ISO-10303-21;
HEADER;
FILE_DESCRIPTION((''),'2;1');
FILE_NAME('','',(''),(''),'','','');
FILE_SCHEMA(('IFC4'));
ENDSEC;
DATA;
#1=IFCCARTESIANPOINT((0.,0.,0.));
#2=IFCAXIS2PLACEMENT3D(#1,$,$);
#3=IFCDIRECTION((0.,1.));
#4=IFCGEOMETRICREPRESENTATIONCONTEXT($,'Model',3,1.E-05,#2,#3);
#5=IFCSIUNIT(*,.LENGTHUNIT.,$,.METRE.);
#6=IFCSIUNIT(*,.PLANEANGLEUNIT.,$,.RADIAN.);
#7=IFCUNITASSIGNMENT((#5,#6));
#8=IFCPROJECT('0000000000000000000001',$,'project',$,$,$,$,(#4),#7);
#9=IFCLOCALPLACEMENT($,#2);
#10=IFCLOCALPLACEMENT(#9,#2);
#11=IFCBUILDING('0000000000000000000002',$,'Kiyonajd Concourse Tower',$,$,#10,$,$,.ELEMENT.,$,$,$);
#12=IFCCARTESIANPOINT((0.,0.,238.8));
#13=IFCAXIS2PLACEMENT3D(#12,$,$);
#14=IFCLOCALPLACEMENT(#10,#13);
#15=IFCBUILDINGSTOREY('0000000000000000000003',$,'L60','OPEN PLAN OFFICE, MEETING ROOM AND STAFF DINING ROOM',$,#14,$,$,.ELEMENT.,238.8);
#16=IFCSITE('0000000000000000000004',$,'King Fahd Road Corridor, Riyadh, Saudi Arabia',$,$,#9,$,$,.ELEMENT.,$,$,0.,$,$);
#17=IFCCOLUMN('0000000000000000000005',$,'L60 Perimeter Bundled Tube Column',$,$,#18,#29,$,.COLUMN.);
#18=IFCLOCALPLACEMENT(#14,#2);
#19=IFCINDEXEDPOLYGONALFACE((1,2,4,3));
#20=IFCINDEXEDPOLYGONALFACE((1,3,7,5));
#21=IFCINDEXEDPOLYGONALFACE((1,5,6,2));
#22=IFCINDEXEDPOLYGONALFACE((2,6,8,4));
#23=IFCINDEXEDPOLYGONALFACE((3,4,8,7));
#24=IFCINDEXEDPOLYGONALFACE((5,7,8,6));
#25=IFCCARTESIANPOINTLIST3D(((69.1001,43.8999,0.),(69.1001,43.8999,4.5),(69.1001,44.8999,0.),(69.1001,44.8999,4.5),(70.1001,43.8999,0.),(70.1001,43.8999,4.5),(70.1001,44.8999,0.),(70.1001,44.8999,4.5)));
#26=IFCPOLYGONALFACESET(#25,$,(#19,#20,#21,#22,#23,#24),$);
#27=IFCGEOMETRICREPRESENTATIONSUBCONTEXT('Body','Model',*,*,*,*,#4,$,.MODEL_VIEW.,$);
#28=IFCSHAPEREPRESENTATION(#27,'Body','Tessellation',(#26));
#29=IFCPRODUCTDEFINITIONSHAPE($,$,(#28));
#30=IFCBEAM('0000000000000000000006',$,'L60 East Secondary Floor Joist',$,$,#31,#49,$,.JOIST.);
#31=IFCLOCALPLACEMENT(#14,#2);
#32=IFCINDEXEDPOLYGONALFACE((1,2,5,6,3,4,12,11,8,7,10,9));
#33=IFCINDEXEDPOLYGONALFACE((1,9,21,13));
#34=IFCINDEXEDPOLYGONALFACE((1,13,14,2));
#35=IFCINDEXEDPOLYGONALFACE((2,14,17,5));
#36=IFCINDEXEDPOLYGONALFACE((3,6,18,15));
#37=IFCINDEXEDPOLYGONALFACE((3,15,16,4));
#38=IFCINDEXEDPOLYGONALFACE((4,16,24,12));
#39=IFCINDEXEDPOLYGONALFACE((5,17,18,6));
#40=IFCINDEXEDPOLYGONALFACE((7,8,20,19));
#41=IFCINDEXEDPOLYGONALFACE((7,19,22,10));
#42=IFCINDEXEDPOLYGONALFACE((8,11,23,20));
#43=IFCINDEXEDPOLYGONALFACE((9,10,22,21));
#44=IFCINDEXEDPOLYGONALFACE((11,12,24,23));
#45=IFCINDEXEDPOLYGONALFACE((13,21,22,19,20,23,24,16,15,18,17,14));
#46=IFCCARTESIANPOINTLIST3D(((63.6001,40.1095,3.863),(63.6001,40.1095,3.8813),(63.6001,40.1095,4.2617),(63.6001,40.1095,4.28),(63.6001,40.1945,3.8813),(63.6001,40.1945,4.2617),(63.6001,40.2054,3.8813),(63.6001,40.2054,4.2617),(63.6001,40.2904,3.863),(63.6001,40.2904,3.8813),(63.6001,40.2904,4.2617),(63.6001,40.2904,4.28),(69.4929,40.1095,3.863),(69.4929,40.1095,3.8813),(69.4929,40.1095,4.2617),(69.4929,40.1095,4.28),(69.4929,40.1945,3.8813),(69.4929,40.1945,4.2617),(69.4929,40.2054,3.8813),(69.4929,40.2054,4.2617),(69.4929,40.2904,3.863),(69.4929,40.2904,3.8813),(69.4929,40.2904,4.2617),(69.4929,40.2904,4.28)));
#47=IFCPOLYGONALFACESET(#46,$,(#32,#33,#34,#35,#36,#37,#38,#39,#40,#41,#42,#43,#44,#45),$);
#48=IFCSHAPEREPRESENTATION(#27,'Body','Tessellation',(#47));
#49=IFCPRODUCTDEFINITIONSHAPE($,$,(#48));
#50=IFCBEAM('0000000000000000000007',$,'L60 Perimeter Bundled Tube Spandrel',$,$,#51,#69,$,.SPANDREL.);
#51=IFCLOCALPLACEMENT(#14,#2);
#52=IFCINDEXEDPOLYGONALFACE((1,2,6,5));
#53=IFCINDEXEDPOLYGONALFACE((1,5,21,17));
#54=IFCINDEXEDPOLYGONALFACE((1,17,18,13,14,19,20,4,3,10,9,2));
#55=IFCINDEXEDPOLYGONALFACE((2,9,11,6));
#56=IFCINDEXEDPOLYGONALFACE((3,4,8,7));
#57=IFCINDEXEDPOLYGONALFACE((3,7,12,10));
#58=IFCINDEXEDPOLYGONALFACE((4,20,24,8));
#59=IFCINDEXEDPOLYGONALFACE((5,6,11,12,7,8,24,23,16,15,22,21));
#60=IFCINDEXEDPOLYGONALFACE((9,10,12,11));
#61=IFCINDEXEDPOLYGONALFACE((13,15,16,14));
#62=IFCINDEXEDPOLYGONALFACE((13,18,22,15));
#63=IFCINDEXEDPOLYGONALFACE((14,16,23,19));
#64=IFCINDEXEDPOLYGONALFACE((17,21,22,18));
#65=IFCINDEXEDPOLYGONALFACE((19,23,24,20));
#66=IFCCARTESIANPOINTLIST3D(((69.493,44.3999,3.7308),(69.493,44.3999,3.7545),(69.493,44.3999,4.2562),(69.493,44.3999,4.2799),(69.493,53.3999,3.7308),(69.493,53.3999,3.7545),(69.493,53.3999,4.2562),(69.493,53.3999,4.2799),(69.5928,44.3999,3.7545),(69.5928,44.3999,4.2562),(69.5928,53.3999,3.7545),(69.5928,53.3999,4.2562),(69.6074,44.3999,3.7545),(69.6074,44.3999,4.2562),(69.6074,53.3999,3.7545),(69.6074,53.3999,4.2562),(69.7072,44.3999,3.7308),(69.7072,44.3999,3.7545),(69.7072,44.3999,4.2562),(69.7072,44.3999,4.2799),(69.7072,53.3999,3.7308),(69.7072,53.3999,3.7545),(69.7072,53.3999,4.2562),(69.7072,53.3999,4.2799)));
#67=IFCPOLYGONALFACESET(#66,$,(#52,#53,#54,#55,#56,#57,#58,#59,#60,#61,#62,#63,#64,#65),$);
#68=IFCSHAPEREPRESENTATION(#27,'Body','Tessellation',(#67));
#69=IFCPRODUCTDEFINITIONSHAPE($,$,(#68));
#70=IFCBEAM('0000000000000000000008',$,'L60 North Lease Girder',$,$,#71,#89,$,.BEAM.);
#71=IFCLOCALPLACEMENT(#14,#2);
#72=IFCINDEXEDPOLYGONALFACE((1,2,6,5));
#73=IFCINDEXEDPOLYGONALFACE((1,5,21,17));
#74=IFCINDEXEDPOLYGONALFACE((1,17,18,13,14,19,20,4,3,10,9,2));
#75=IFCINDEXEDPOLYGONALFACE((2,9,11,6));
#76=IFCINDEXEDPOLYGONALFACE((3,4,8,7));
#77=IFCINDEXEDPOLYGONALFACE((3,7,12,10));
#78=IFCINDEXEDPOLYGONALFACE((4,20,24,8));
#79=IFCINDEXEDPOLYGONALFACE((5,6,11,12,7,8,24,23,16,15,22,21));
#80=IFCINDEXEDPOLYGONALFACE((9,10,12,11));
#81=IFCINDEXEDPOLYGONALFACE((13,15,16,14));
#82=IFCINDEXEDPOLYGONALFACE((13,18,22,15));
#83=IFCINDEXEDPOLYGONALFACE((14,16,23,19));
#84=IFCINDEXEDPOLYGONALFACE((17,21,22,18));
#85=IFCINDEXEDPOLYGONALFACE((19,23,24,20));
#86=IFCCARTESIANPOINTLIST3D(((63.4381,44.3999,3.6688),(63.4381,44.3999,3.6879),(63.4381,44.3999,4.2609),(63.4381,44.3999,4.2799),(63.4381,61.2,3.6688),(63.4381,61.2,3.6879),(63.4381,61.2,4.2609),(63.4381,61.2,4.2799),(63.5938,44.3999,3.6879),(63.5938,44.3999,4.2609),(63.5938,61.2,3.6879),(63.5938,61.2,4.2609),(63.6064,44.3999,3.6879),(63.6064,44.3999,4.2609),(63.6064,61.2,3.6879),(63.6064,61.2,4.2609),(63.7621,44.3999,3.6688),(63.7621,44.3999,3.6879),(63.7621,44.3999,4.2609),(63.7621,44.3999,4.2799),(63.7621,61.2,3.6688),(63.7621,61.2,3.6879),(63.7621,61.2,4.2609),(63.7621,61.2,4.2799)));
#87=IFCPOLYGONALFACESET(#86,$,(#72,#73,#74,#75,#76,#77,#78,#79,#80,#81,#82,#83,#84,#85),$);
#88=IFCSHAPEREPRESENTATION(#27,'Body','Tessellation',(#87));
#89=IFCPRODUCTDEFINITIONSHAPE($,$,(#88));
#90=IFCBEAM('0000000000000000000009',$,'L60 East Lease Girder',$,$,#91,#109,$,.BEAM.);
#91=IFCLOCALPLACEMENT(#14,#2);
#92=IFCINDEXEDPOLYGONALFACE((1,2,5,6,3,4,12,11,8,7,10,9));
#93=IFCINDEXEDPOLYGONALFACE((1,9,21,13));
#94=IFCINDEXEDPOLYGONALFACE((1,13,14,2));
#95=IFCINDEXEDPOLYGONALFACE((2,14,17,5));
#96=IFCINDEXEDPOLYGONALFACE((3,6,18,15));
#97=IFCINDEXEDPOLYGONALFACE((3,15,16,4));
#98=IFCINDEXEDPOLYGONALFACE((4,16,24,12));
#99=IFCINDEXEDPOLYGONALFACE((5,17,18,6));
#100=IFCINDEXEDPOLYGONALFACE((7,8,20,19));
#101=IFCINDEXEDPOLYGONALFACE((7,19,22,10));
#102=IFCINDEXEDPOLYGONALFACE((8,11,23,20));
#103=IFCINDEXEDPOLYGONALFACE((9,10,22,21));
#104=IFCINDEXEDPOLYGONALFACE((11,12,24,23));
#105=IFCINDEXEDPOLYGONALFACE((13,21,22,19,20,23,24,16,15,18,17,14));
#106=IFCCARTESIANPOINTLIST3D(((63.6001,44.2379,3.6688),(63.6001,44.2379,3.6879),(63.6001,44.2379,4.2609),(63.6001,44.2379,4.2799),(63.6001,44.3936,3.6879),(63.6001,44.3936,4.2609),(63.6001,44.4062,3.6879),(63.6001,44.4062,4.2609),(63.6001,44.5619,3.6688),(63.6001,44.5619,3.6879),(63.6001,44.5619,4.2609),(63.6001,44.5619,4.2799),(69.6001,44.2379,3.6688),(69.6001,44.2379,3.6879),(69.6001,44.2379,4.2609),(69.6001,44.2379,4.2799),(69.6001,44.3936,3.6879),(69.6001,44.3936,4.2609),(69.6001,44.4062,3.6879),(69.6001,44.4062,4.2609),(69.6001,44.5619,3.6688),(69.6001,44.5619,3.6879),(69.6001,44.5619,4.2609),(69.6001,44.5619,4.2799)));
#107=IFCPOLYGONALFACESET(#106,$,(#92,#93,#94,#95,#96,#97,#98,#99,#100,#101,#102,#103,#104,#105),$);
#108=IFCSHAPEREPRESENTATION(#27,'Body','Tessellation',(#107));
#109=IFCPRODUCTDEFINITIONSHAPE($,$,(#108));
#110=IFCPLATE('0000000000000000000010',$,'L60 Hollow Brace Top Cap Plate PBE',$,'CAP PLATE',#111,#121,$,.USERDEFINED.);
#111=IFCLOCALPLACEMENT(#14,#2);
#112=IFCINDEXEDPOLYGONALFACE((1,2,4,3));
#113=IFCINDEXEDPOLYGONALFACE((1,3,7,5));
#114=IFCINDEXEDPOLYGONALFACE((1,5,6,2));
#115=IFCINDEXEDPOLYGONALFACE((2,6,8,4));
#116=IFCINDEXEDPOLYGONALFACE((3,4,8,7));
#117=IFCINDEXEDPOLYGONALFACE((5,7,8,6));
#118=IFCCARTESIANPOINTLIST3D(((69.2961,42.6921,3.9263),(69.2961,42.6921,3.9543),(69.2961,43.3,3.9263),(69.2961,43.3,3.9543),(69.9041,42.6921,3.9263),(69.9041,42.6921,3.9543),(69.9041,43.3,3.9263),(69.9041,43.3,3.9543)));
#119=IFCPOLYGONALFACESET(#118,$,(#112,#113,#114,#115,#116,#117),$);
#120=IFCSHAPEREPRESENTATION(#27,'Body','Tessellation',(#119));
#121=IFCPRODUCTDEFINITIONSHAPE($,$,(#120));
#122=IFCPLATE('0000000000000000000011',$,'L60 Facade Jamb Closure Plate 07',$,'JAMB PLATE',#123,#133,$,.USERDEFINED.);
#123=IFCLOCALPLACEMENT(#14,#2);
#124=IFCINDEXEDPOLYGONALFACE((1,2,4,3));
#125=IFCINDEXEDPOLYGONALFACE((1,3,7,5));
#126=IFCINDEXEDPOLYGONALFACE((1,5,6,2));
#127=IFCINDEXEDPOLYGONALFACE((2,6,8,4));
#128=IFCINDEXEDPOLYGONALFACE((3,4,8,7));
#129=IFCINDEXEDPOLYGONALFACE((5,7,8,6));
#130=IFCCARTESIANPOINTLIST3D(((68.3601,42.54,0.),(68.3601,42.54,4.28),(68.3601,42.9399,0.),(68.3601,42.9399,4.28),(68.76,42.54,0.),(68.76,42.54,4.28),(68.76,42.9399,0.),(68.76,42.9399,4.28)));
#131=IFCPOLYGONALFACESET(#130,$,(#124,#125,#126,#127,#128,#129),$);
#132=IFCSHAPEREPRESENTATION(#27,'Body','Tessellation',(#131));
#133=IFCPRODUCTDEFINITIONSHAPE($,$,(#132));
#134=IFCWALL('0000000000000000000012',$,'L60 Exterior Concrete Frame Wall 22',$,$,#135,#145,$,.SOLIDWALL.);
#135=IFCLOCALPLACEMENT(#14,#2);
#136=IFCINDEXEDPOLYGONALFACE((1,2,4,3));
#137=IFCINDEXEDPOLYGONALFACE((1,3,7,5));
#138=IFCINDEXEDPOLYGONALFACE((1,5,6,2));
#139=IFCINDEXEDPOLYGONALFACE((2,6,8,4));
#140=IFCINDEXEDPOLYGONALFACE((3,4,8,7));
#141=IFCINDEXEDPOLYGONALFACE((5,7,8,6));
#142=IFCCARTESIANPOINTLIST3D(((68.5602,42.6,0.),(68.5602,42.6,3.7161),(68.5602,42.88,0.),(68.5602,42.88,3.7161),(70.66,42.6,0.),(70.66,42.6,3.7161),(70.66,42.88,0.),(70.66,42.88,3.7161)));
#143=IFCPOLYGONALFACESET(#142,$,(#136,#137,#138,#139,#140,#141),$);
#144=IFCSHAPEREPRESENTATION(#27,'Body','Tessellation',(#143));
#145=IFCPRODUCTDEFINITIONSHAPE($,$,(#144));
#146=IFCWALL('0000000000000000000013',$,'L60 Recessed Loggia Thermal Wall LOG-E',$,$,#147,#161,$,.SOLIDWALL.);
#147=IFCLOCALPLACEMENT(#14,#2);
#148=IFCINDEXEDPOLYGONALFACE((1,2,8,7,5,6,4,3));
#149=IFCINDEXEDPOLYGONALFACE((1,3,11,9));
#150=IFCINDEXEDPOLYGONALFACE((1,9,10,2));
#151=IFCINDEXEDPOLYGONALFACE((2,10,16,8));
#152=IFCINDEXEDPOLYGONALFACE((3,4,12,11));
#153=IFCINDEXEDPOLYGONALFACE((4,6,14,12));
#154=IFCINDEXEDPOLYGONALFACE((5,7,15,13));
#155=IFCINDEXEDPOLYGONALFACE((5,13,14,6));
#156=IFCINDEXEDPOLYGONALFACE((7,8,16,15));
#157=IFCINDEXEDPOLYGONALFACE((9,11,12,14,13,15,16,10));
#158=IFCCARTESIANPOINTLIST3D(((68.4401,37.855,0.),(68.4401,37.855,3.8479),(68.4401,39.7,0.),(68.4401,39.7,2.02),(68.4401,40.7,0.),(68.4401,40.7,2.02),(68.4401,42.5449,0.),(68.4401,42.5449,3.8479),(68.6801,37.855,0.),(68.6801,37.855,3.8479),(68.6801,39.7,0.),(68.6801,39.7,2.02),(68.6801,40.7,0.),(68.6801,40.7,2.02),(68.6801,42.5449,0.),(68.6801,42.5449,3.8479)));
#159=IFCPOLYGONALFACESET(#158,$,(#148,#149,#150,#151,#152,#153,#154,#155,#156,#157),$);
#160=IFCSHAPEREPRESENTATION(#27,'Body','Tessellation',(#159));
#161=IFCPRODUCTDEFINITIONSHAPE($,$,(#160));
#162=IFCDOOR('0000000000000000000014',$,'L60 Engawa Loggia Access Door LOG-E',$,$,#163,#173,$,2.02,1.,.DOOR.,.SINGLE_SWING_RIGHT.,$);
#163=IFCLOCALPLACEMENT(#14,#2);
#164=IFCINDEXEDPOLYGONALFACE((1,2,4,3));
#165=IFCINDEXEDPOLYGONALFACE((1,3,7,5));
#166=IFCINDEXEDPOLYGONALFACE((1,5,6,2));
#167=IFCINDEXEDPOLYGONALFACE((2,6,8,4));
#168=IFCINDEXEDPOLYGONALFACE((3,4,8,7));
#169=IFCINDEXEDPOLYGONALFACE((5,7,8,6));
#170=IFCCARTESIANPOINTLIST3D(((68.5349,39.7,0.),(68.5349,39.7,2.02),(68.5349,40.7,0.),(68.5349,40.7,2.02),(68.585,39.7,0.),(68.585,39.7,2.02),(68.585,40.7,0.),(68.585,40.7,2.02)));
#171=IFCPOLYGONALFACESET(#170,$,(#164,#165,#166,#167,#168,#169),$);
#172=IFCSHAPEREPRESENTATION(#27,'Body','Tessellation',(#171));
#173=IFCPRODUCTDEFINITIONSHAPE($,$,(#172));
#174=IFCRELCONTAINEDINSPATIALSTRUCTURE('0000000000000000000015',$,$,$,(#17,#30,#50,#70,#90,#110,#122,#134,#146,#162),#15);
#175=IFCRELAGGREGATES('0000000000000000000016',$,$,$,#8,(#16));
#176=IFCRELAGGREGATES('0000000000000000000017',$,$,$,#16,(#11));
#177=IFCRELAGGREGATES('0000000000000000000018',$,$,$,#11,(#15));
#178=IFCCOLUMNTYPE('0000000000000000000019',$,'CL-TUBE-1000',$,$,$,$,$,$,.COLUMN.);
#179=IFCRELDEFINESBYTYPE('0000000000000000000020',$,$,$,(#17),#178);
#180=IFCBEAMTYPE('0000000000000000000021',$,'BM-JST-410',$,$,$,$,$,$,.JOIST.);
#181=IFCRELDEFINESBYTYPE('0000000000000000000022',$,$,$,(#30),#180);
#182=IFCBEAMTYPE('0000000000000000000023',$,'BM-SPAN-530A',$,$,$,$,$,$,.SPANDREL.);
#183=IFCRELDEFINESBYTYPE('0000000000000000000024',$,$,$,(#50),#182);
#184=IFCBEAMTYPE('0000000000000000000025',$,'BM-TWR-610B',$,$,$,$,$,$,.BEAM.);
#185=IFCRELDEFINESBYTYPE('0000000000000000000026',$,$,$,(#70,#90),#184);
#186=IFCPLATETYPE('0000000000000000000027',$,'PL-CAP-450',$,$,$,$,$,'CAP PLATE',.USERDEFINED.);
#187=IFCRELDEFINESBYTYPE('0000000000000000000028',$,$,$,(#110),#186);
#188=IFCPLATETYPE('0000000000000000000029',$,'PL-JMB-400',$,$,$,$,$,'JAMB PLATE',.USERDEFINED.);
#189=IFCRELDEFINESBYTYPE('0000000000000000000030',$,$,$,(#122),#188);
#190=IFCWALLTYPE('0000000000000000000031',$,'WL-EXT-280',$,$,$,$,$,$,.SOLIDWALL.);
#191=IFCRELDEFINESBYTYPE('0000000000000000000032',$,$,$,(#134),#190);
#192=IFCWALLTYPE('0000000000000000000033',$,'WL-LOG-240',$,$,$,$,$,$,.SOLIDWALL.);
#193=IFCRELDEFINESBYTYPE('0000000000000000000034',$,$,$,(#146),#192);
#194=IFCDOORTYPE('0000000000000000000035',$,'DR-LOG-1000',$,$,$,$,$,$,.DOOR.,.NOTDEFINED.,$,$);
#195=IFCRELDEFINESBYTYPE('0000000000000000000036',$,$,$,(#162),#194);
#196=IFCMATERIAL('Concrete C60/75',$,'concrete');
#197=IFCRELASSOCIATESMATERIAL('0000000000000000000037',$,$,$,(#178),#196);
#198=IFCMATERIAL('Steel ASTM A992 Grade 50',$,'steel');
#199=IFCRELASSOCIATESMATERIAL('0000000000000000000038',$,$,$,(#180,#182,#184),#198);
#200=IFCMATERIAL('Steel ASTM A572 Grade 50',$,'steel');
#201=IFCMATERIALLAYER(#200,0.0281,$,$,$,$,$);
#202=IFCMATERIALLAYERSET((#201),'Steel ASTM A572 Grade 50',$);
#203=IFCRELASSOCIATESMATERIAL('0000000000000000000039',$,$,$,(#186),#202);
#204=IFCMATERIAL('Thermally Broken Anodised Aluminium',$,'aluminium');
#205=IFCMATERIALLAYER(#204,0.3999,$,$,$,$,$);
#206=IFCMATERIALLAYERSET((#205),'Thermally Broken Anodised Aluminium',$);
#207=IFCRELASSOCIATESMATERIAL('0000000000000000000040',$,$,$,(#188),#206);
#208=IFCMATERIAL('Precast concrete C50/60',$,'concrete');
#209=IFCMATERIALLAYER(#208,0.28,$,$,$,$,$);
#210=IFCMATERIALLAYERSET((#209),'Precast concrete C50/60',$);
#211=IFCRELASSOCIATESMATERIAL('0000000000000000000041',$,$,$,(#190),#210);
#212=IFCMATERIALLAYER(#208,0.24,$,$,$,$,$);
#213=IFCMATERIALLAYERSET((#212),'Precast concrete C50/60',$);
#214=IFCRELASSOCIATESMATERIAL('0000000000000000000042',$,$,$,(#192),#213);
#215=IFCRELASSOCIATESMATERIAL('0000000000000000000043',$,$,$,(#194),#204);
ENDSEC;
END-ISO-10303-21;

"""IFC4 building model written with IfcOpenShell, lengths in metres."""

from ifc_helpers import new_model, si_unit, direction, frame, frame_2d, origin, origin_2d, place, context, subcontext, project, spatial, rectangle, i_section, extrude, material, layer, layer_set, material_profile, profile_set, type_object, element, fill, save


model = new_model("IFC4")

# Units and contexts
model_context = context("Model", 3, precision=1e-05, world=origin(), true_north=direction((0.0, 1.0)))
body_context = subcontext(model_context, "Body", "Model", "MODEL_VIEW")
ifc_project = project(units=[si_unit("LENGTHUNIT", "METRE"), si_unit("PLANEANGLEUNIT", "RADIAN")], contexts=[model_context])

# Site, building, storey
site_placement = place(None, origin())
site = spatial("IfcSite", under=ifc_project, at=site_placement, Name="King Fahd Road Corridor, Riyadh, Saudi Arabia", CompositionType="ELEMENT", RefElevation=0.0)
building_placement = place(site_placement, origin())
building = spatial("IfcBuilding", under=site, at=building_placement, Name="Kiyonajd Concourse Tower", CompositionType="ELEMENT")
storey_placement = place(building_placement, frame((0.0, 0.0, 238.8)))
storey = spatial("IfcBuildingStorey", under=building, at=storey_placement, Name="L60", Description="OPEN PLAN OFFICE, MEETING ROOM AND STAFF DINING ROOM", CompositionType="ELEMENT", Elevation=238.8)

# Column
ifc_material_1 = material(Name="Concrete C60/75", Category="concrete")
ifc_material_profile_1 = material_profile(ifc_material_1, rectangle(XDim=1.0, YDim=1.0, at=origin_2d()), Name="RC-1000x1000")
ifc_profile_set_1 = profile_set([ifc_material_profile_1], Name="Concrete C60/75")
column_type = type_object("IfcColumnType", Name="CL-TUBE-1000", PredefinedType="COLUMN", material=ifc_profile_set_1)
column_placement = place(storey_placement, frame((69.6001, 44.3999, 0.0), z_axis=(0.0, 0.0, 1.0), x_axis=(1.0, 0.0, 0.0)))
element("IfcColumn", 1, at=column_placement, inside=storey, type_object=column_type, Name="L60 Perimeter Bundled Tube Column", PredefinedType="COLUMN", context=body_context, shape_type="SweptSolid", body=[
    extrude(rectangle(XDim=1.0, YDim=1.0, at=origin_2d()), origin(), (0.0, 0.0, 1.0), 4.5),
])

# Beams
ifc_material_2 = material(Name="Steel ASTM A992 Grade 50", Category="steel")
ifc_material_profile_2 = material_profile(ifc_material_2, i_section(OverallWidth=0.1809, OverallDepth=0.417, WebThickness=0.011, FlangeThickness=0.0183, at=origin_2d()), Name="W410X85")
ifc_profile_set_2 = profile_set([ifc_material_profile_2], Name="Steel ASTM A992 Grade 50")
beam_type_1 = type_object("IfcBeamType", Name="BM-JST-410", PredefinedType="JOIST", material=ifc_profile_set_2)
beam_1_placement = place(storey_placement, frame((63.6001, 40.2, 4.0715), z_axis=(1.0, 0.0, 0.0), x_axis=(0.0, 1.0, 0.0)))
element("IfcBeam", 2, at=beam_1_placement, inside=storey, type_object=beam_type_1, Name="L60 East Secondary Floor Joist", PredefinedType="JOIST", context=body_context, shape_type="SweptSolid", body=[
    extrude(i_section(OverallWidth=0.1809, OverallDepth=0.417, WebThickness=0.011, FlangeThickness=0.0183, at=origin_2d()), origin(), (0.0, 0.0, 1.0), 5.8928),
])
ifc_material_profile_3 = material_profile(ifc_material_2, i_section(OverallWidth=0.2141, OverallDepth=0.5491, WebThickness=0.0146, FlangeThickness=0.0237, at=origin_2d()), Name="W530X138")
ifc_profile_set_3 = profile_set([ifc_material_profile_3], Name="Steel ASTM A992 Grade 50")
beam_type_2 = type_object("IfcBeamType", Name="BM-SPAN-530A", PredefinedType="SPANDREL", material=ifc_profile_set_3)
beam_2_placement = place(storey_placement, frame((69.6001, 44.3999, 4.0054), z_axis=(0.0, 1.0, 0.0), x_axis=(-1.0, 0.0, 0.0)))
element("IfcBeam", 3, at=beam_2_placement, inside=storey, type_object=beam_type_2, Name="L60 Perimeter Bundled Tube Spandrel", PredefinedType="SPANDREL", context=body_context, shape_type="SweptSolid", body=[
    extrude(i_section(OverallWidth=0.2141, OverallDepth=0.5491, WebThickness=0.0146, FlangeThickness=0.0237, at=origin_2d()), origin(), (0.0, 0.0, 1.0), 9.0),
])
ifc_material_profile_4 = material_profile(ifc_material_2, i_section(OverallWidth=0.324, OverallDepth=0.6111, WebThickness=0.0127, FlangeThickness=0.019, at=origin_2d()), Name="W610X155")
ifc_profile_set_4 = profile_set([ifc_material_profile_4], Name="Steel ASTM A992 Grade 50")
beam_type_3 = type_object("IfcBeamType", Name="BM-TWR-610B", PredefinedType="BEAM", material=ifc_profile_set_4)
beam_3_placement = place(storey_placement, frame((63.6001, 44.3999, 3.9744), z_axis=(0.0, 1.0, 0.0), x_axis=(-1.0, 0.0, 0.0)))
element("IfcBeam", 4, at=beam_3_placement, inside=storey, type_object=beam_type_3, Name="L60 North Lease Girder", PredefinedType="BEAM", context=body_context, shape_type="SweptSolid", body=[
    extrude(i_section(OverallWidth=0.324, OverallDepth=0.6111, WebThickness=0.0127, FlangeThickness=0.019, at=origin_2d()), origin(), (0.0, 0.0, 1.0), 16.8),
])
beam_4_placement = place(storey_placement, frame((63.6001, 44.3999, 3.9744), z_axis=(1.0, 0.0, 0.0), x_axis=(0.0, 1.0, 0.0)))
element("IfcBeam", 5, at=beam_4_placement, inside=storey, type_object=beam_type_3, Name="L60 East Lease Girder", PredefinedType="BEAM", context=body_context, shape_type="SweptSolid", body=[
    extrude(i_section(OverallWidth=0.324, OverallDepth=0.6111, WebThickness=0.0127, FlangeThickness=0.019, at=origin_2d()), origin(), (0.0, 0.0, 1.0), 6.0),
])

# Plates
ifc_material_3 = material(Name="Steel ASTM A572 Grade 50", Category="steel")
ifc_layer_1 = layer(ifc_material_3, 0.0281)
ifc_layer_set_1 = layer_set([ifc_layer_1], Name="Steel ASTM A572 Grade 50")
plate_type_1 = type_object("IfcPlateType", Name="PL-CAP-450", ElementType="CAP PLATE", PredefinedType="USERDEFINED", material=ifc_layer_set_1)
plate_1_placement = place(storey_placement, frame((69.6001, 42.9961, 3.9263), z_axis=(0.0, 0.0, 1.0), x_axis=(1.0, 0.0, 0.0)))
element("IfcPlate", 6, at=plate_1_placement, inside=storey, type_object=plate_type_1, Name="L60 Hollow Brace Top Cap Plate PBE", ObjectType="CAP PLATE", PredefinedType="USERDEFINED", context=body_context, shape_type="SweptSolid", body=[
    extrude(rectangle(XDim=0.6079, YDim=0.6079, at=origin_2d()), origin(), (0.0, 0.0, 1.0), 0.0281),
])
ifc_material_4 = material(Name="Thermally Broken Anodised Aluminium", Category="aluminium")
ifc_layer_2 = layer(ifc_material_4, 0.3999)
ifc_layer_set_2 = layer_set([ifc_layer_2], Name="Thermally Broken Anodised Aluminium")
plate_type_2 = type_object("IfcPlateType", Name="PL-JMB-400", ElementType="JAMB PLATE", PredefinedType="USERDEFINED", material=ifc_layer_set_2)
plate_2_placement = place(storey_placement, frame((68.5601, 42.74, 0.0), z_axis=(0.0, 0.0, 1.0), x_axis=(1.0, 0.0, 0.0)))
element("IfcPlate", 7, at=plate_2_placement, inside=storey, type_object=plate_type_2, Name="L60 Facade Jamb Closure Plate 07", ObjectType="JAMB PLATE", PredefinedType="USERDEFINED", context=body_context, shape_type="SweptSolid", body=[
    extrude(rectangle(XDim=0.3999, YDim=0.3999, at=origin_2d()), origin(), (0.0, 0.0, 1.0), 4.28),
])

# Wall
ifc_material_5 = material(Name="Precast concrete C50/60", Category="concrete")
ifc_layer_3 = layer(ifc_material_5, 0.28)
ifc_layer_set_3 = layer_set([ifc_layer_3], Name="Precast concrete C50/60")
wall_type_1 = type_object("IfcWallType", Name="WL-EXT-280", PredefinedType="SOLIDWALL", material=ifc_layer_set_3)
wall_1_placement = place(storey_placement, frame((70.6599, 42.74, 0.0), z_axis=(0.0, 0.0, 1.0), x_axis=(-1.0, 0.0, 0.0)))
element("IfcWall", 8, at=wall_1_placement, inside=storey, type_object=wall_type_1, Name="L60 Exterior Concrete Frame Wall 22", PredefinedType="SOLIDWALL", context=body_context, shape_type="SweptSolid", body=[
    extrude(rectangle(XDim=2.0999, YDim=0.28, at=frame_2d((1.0498, 0.0))), origin(), (0.0, 0.0, 1.0), 3.7161),
])

# Wall, opening, door
ifc_layer_4 = layer(ifc_material_5, 0.24)
ifc_layer_set_4 = layer_set([ifc_layer_4], Name="Precast concrete C50/60")
wall_type_2 = type_object("IfcWallType", Name="WL-LOG-240", PredefinedType="SOLIDWALL", material=ifc_layer_set_4)
wall_2_placement = place(storey_placement, frame((68.5601, 42.5449, 0.0), z_axis=(0.0, 0.0, 1.0), x_axis=(0.0, -1.0, 0.0)))
wall_2 = element("IfcWall", 9, at=wall_2_placement, inside=storey, type_object=wall_type_2, Name="L60 Recessed Loggia Thermal Wall LOG-E", PredefinedType="SOLIDWALL", context=body_context, shape_type="SweptSolid", body=[
    extrude(rectangle(XDim=4.6899, YDim=0.24, at=frame_2d((2.345, 0.0))), origin(), (0.0, 0.0, 1.0), 3.8479),
])
opening_1_placement = place(wall_2_placement, frame((1.845, 0.0, 0.0)))
opening_1 = element("IfcOpeningElement", 10, at=opening_1_placement, cuts=wall_2, PredefinedType="OPENING", context=body_context, shape_type="SweptSolid", body=[
    extrude(rectangle(XDim=1.0, YDim=2.02, at=frame_2d((0.5, 1.01))), frame((0.0, 0.1299, 0.0), z_axis=(0.0, -1.0, 0.0), x_axis=(1.0, 0.0, 0.0)), (0.0, 0.0, 1.0), 0.26),
])
door_type_1 = type_object("IfcDoorType", Name="DR-LOG-1000", OperationType="NOTDEFINED", PredefinedType="DOOR", material=ifc_material_4)
door_1_placement = place(opening_1_placement, origin())
door_1 = element("IfcDoor", 11, at=door_1_placement, inside=storey, type_object=door_type_1, Name="L60 Engawa Loggia Access Door LOG-E", OperationType="SINGLE_SWING_RIGHT", OverallHeight=2.02, OverallWidth=1.0, PredefinedType="DOOR", context=body_context, shape_type="SweptSolid", body=[
    extrude(rectangle(XDim=1.0, YDim=2.02, at=frame_2d((0.5, 1.01))), frame((0.0, 0.0249, 0.0), z_axis=(0.0, -1.0, 0.0), x_axis=(1.0, 0.0, 0.0)), (0.0, 0.0, 1.0), 0.05),
])
fill(opening_1, door_1)

save(model, "model.ifc")
